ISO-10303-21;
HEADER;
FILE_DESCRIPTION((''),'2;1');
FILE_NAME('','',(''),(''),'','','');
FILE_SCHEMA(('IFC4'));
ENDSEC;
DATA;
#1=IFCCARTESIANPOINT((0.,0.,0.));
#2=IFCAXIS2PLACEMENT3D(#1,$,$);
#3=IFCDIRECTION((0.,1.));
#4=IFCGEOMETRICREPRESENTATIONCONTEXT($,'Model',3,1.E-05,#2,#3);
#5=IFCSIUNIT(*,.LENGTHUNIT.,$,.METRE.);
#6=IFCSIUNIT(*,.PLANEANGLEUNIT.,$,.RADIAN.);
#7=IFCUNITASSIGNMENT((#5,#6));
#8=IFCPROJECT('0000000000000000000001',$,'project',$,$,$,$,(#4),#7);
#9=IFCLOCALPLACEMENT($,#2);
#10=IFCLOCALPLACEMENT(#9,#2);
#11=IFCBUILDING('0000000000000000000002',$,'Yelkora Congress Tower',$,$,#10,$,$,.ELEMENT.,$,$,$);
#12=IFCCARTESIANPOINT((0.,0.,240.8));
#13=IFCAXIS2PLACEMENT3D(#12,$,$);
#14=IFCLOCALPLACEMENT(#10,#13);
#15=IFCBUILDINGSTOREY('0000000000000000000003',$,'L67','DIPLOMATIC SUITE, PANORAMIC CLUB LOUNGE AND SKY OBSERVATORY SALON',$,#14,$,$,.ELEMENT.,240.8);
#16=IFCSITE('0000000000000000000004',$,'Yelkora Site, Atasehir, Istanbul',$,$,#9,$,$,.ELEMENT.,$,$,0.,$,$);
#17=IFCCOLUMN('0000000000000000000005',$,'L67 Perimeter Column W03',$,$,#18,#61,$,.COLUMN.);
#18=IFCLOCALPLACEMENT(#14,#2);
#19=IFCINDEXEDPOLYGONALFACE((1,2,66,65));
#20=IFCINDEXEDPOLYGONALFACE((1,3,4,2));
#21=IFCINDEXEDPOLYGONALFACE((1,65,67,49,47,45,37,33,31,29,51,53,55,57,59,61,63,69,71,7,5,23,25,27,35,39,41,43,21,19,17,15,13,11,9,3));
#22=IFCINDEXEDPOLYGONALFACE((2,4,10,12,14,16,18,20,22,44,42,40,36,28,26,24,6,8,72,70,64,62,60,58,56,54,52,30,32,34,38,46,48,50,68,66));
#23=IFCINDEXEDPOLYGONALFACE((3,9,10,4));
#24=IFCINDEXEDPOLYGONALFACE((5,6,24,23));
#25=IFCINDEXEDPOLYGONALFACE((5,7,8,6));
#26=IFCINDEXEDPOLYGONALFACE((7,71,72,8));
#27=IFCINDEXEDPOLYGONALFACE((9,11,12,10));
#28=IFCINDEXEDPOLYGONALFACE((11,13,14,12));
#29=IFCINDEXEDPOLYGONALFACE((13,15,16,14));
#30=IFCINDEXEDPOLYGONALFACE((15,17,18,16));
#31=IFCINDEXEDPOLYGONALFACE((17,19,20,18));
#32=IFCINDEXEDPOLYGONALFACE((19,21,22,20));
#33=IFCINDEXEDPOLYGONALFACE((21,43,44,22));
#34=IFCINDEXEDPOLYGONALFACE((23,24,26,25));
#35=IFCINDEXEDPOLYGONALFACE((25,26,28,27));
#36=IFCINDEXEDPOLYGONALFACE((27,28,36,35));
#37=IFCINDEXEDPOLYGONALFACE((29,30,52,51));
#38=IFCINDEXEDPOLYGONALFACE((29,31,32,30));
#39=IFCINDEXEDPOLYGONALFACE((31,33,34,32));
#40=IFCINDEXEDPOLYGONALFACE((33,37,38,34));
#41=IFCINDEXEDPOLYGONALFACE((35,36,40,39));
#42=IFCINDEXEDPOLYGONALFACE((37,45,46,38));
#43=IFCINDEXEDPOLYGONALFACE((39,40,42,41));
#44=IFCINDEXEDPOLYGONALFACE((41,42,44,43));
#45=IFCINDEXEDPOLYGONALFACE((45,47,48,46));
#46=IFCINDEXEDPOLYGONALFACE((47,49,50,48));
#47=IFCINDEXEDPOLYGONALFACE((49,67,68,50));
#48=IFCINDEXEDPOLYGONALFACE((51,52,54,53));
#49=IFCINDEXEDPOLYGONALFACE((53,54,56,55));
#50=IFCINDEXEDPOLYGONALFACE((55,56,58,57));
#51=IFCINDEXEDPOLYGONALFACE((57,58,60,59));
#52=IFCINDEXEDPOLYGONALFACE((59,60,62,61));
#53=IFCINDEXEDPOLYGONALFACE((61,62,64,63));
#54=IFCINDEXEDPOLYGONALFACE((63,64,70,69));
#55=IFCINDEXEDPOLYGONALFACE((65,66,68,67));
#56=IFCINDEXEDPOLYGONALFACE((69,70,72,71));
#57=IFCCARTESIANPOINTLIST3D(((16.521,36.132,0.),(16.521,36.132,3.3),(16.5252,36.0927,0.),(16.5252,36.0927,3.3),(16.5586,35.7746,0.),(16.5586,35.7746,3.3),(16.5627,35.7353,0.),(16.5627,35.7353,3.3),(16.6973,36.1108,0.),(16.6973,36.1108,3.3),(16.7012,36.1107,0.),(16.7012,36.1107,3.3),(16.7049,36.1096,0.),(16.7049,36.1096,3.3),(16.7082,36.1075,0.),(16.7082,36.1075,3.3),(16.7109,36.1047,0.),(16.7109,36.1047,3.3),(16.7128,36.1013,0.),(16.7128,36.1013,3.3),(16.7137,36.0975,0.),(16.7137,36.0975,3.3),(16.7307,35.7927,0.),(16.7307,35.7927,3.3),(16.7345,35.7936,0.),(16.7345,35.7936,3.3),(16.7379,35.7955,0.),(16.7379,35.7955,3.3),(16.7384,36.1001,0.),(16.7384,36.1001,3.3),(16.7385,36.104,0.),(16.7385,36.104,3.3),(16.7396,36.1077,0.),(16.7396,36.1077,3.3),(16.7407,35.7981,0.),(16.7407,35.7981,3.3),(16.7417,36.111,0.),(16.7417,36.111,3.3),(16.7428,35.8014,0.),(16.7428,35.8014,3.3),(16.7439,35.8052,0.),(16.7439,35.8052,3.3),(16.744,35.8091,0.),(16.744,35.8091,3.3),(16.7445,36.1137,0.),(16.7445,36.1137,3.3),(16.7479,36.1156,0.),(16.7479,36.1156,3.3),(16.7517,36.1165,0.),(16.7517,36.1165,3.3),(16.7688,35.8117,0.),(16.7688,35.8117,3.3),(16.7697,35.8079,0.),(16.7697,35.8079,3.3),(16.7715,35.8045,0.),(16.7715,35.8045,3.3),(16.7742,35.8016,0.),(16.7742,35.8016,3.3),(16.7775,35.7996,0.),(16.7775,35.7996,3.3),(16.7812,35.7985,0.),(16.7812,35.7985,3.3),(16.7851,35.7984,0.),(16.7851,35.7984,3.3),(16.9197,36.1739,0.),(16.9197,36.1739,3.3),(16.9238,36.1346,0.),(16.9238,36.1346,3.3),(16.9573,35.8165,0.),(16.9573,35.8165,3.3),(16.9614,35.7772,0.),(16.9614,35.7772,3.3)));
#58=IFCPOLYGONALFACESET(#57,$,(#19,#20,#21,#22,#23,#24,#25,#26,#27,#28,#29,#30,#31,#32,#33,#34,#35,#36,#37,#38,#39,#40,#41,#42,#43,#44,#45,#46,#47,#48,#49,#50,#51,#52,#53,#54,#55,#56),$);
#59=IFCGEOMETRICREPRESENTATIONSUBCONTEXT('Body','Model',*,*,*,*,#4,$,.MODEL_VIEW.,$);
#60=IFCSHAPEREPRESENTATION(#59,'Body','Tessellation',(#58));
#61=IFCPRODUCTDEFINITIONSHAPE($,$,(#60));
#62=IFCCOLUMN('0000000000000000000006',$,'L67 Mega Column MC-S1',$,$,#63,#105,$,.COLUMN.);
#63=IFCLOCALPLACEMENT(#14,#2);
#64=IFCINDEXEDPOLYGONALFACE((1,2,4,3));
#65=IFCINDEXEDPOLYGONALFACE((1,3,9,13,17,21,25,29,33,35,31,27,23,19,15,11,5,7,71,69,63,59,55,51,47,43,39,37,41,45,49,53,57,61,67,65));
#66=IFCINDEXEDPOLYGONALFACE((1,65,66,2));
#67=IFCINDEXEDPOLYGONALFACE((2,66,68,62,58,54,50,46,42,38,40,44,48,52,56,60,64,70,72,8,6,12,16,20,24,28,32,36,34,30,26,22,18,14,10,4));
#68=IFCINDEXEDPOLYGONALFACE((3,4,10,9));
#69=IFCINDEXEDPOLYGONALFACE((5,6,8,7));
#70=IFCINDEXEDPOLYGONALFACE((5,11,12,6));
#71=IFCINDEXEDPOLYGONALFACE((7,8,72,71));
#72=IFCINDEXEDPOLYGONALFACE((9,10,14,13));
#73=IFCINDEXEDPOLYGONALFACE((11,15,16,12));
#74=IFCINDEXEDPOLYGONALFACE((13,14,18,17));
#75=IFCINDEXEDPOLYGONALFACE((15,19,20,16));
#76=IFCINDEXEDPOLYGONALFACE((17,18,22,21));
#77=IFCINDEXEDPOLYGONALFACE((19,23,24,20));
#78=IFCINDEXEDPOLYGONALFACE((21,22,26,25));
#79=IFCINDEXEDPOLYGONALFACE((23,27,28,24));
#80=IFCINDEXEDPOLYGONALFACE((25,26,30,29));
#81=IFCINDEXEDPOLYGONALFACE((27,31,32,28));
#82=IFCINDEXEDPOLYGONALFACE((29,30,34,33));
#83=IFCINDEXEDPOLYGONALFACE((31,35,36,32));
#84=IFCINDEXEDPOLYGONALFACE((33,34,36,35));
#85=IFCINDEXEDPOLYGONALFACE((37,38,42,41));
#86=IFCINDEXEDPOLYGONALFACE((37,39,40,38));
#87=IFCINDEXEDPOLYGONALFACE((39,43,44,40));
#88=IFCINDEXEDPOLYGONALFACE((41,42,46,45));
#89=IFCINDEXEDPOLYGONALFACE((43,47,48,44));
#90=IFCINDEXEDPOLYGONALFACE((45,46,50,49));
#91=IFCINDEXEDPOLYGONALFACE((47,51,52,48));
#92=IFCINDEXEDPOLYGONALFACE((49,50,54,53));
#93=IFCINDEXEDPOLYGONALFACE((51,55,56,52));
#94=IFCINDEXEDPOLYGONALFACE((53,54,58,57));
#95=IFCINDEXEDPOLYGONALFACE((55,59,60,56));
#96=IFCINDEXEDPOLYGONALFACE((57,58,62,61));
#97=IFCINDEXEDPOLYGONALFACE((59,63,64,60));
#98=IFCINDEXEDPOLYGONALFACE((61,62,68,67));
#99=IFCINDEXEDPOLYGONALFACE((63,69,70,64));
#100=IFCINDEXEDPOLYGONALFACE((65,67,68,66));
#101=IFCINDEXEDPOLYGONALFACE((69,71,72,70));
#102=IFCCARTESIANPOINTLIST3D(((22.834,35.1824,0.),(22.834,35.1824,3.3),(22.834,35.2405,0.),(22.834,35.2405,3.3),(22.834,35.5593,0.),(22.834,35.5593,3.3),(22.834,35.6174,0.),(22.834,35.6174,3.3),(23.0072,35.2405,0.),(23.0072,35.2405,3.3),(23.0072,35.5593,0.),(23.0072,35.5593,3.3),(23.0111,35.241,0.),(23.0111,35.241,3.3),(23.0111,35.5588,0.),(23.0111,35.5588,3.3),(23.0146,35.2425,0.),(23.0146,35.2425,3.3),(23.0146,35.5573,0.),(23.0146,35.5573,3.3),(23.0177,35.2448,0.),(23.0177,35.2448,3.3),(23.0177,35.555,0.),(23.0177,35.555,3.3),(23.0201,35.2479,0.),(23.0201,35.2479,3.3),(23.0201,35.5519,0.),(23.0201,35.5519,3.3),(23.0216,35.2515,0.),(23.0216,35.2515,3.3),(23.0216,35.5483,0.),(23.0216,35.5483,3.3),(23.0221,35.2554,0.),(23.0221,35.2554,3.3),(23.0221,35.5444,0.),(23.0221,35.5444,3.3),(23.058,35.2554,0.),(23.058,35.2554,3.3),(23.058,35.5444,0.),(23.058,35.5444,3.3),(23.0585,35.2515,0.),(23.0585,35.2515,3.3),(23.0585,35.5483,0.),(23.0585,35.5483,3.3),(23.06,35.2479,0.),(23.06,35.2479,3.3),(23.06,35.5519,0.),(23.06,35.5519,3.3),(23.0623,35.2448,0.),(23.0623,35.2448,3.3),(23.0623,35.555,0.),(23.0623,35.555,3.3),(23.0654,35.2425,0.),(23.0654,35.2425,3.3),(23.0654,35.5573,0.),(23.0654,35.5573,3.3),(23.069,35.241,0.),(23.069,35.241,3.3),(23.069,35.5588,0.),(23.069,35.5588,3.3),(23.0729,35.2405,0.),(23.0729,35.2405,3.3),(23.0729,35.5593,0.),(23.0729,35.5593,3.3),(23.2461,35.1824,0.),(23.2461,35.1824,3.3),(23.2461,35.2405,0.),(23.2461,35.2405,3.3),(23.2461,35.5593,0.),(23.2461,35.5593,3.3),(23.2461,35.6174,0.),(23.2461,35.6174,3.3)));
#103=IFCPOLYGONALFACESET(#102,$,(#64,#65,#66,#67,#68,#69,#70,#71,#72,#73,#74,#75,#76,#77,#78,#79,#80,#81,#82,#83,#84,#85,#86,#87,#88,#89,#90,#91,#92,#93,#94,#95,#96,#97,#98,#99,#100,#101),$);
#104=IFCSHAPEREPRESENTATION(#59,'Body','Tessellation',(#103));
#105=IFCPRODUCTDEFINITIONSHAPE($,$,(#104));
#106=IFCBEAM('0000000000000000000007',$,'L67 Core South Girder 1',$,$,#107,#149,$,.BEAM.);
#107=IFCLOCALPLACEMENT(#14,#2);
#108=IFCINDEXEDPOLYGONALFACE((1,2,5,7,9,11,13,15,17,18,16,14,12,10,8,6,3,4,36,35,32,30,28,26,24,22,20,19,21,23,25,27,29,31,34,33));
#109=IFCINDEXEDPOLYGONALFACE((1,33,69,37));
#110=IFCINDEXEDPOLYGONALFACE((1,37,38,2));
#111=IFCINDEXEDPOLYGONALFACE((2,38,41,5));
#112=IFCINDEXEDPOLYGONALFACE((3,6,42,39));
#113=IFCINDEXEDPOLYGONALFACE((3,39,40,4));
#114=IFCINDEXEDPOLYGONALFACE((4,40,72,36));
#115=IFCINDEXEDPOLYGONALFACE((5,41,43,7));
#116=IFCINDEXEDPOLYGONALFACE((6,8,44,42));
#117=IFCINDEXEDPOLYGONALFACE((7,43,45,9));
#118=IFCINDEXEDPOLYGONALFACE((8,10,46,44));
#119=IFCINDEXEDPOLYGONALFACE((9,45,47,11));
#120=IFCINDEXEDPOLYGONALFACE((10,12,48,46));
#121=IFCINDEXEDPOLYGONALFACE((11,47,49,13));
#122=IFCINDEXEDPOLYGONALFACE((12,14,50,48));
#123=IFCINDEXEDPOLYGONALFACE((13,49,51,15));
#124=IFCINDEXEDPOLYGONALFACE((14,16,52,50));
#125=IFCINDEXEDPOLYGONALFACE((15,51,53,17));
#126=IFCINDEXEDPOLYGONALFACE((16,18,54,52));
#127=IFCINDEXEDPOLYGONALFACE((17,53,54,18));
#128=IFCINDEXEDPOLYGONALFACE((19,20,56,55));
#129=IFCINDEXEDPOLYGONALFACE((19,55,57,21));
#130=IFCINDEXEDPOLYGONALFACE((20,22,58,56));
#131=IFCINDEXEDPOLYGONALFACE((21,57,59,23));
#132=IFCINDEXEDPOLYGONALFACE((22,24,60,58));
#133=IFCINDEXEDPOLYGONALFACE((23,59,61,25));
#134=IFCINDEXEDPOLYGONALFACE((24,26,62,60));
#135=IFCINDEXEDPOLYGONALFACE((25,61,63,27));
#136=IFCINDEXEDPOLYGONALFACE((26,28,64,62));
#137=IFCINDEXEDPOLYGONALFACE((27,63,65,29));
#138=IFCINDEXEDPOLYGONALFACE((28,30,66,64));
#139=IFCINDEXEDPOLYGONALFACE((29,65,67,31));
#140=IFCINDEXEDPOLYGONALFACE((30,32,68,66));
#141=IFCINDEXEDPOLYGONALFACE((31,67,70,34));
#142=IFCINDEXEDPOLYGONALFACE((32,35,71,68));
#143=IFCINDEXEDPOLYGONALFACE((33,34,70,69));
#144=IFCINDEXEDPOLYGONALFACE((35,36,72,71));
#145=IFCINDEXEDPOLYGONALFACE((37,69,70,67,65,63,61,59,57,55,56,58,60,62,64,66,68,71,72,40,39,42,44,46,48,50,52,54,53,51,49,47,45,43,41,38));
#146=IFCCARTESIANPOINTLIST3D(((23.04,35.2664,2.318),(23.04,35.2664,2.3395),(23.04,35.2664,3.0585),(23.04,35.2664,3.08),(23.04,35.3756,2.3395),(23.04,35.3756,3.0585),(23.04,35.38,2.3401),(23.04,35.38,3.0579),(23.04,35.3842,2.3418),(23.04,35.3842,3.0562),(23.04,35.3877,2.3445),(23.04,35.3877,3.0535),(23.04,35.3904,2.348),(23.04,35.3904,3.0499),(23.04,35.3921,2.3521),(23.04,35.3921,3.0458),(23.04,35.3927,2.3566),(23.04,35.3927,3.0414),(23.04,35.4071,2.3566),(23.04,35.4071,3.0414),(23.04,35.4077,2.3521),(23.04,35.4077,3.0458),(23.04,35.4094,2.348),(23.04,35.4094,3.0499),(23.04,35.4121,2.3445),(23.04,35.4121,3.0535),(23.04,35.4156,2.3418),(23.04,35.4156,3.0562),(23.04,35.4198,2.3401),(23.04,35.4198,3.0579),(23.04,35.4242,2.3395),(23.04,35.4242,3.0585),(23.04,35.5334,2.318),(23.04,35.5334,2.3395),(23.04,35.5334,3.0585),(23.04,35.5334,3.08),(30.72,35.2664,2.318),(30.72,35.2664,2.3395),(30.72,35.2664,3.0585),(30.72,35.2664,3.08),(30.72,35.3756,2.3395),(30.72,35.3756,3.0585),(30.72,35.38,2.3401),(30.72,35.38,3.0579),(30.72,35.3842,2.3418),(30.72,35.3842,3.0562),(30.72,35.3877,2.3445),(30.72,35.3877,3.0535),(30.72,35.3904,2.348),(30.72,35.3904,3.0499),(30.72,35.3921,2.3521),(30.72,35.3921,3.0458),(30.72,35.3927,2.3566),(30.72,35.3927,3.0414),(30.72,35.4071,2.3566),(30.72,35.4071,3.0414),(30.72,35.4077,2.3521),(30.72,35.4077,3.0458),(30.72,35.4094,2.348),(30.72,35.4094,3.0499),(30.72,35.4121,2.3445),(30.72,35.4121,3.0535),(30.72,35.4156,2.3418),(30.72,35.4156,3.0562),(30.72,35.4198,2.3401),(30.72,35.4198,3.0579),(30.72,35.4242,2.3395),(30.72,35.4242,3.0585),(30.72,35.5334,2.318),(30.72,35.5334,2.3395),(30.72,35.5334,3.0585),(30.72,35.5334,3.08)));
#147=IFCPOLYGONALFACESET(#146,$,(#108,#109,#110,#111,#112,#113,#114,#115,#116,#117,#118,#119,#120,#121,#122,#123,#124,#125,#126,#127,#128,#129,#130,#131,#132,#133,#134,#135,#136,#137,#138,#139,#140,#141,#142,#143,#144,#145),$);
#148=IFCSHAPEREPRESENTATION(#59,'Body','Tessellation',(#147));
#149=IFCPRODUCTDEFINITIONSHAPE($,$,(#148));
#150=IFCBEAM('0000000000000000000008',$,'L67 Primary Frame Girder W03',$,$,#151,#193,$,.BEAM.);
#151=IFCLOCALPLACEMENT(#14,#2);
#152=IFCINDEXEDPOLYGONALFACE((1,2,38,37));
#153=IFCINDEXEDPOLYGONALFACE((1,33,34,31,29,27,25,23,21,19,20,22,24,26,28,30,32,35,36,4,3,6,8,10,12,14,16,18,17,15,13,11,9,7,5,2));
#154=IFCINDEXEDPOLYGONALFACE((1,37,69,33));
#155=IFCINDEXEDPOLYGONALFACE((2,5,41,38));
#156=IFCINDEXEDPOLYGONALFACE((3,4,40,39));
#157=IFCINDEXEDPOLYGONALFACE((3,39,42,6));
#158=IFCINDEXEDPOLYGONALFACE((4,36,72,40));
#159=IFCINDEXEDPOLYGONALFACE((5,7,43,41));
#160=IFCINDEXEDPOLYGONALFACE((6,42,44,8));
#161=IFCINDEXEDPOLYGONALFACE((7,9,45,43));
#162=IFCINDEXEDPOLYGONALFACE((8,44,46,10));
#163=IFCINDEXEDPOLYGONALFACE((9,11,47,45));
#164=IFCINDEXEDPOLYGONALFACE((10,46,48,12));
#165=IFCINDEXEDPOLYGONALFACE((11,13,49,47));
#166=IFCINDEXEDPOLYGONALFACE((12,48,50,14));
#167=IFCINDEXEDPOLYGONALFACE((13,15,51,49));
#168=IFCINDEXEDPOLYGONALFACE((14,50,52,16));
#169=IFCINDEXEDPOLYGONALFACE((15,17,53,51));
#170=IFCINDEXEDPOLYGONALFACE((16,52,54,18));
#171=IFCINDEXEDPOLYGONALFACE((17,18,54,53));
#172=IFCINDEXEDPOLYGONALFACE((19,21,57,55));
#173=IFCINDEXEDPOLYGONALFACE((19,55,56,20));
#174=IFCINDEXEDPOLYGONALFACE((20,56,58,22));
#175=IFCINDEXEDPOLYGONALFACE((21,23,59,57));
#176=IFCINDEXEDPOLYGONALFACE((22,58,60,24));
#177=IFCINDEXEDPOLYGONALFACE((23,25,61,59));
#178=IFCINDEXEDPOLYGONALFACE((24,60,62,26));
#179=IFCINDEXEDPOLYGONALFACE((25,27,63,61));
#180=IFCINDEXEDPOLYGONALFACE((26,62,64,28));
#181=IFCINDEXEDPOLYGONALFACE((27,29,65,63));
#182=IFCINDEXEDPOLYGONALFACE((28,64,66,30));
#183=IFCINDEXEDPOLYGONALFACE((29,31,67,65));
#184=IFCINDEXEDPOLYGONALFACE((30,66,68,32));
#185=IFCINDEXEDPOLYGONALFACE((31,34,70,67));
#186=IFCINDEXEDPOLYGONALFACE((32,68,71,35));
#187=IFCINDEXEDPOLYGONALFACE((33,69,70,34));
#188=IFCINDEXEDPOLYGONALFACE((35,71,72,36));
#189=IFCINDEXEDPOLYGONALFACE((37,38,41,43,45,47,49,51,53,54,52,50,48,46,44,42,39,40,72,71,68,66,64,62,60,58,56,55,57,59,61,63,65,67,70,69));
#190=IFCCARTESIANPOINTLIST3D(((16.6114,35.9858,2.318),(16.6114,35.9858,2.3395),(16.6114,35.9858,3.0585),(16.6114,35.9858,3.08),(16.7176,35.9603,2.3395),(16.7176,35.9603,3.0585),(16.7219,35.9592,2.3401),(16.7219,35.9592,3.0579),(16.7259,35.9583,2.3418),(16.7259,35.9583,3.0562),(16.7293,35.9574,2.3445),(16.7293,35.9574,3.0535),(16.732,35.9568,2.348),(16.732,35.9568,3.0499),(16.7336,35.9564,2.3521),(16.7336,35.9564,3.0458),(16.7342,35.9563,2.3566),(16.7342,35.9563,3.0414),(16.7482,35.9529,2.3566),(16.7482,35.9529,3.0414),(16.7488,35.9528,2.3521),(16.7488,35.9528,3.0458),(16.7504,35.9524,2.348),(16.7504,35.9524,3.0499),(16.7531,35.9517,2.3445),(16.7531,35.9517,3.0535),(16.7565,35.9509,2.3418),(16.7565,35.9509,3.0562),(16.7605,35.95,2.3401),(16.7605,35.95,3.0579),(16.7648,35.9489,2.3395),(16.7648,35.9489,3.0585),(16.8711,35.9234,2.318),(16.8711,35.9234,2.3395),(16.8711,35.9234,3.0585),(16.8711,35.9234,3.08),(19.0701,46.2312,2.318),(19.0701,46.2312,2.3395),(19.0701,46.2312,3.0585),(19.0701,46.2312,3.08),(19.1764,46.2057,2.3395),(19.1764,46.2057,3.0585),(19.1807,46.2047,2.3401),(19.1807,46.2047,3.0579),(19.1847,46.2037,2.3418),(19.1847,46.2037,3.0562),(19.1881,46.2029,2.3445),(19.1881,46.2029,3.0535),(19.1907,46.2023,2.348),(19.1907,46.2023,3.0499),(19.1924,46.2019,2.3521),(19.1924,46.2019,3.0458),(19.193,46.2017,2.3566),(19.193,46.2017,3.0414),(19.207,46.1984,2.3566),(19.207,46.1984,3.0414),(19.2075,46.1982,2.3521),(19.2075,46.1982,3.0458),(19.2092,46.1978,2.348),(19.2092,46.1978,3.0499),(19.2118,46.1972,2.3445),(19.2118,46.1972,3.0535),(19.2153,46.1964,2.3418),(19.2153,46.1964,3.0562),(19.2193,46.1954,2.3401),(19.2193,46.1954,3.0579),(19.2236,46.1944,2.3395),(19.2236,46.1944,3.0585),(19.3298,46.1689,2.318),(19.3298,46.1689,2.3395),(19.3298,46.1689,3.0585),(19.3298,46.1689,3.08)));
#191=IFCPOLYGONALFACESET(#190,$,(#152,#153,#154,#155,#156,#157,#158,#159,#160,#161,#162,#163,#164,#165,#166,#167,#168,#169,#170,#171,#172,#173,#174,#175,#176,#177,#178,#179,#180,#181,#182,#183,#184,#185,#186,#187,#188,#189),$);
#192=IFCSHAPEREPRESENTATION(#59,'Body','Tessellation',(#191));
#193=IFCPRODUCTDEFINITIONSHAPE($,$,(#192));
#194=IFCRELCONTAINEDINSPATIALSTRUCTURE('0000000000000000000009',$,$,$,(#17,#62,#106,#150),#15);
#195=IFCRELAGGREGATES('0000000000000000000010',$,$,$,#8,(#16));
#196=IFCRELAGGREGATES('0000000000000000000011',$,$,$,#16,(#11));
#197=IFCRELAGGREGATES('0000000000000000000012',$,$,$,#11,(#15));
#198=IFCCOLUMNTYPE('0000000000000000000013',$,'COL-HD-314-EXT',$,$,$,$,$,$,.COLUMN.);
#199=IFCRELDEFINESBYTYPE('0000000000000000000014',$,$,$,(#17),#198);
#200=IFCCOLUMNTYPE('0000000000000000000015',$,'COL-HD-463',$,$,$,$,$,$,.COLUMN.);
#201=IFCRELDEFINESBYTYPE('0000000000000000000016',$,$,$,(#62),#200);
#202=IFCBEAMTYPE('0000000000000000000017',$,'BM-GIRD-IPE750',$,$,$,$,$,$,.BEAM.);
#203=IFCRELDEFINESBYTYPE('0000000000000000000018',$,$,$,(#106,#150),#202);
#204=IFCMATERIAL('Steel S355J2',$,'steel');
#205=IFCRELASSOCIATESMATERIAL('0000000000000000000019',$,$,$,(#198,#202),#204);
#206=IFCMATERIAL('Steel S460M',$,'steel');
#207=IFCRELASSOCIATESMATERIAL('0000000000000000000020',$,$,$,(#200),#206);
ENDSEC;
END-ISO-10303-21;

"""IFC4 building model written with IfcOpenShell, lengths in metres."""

from ifc_helpers import new_model, si_unit, direction, frame, origin, origin_2d, place, context, subcontext, project, spatial, i_section, extrude, material, material_profile, profile_set, type_object, element, save


model = new_model("IFC4")

# Units and contexts
model_context = context("Model", 3, precision=1e-05, world=origin(), true_north=direction((0.0, 1.0)))
body_context = subcontext(model_context, "Body", "Model", "MODEL_VIEW")
ifc_project = project(units=[si_unit("LENGTHUNIT", "METRE"), si_unit("PLANEANGLEUNIT", "RADIAN")], contexts=[model_context])

# Site, building, storey
site_placement = place(None, origin())
site = spatial("IfcSite", under=ifc_project, at=site_placement, Name="Yelkora Site, Atasehir, Istanbul", CompositionType="ELEMENT", RefElevation=0.0)
building_placement = place(site_placement, origin())
building = spatial("IfcBuilding", under=site, at=building_placement, Name="Yelkora Congress Tower", CompositionType="ELEMENT")
storey_placement = place(building_placement, frame((0.0, 0.0, 240.8)))
storey = spatial("IfcBuildingStorey", under=building, at=storey_placement, Name="L67", Description="DIPLOMATIC SUITE, PANORAMIC CLUB LOUNGE AND SKY OBSERVATORY SALON", CompositionType="ELEMENT", Elevation=240.8)

# Columns
ifc_material_1 = material(Name="Steel S355J2", Category="steel")
ifc_material_profile_1 = material_profile(ifc_material_1, i_section(OverallWidth=0.4009, OverallDepth=0.3989, WebThickness=0.0249, FlangeThickness=0.0396, FilletRadius=0.0149, at=origin_2d()), Name="HD 400x314")
ifc_profile_set_1 = profile_set([ifc_material_profile_1], Name="Steel S355J2")
column_type_1 = type_object("IfcColumnType", Name="COL-HD-314-EXT", PredefinedType="COLUMN", material=ifc_profile_set_1)
column_1_placement = place(storey_placement, frame((16.7412, 35.9546, 0.0), z_axis=(0.0, 0.0, 1.0), x_axis=(0.994522, 0.104528, 0.0)))
element("IfcColumn", 1, at=column_1_placement, inside=storey, type_object=column_type_1, Name="L67 Perimeter Column W03", PredefinedType="COLUMN", context=body_context, shape_type="SweptSolid", body=[
    extrude(i_section(OverallWidth=0.4009, OverallDepth=0.3989, WebThickness=0.0249, FlangeThickness=0.0396, FilletRadius=0.0149, at=origin_2d()), origin(), (0.0, 0.0, 1.0), 3.3),
])
ifc_material_2 = material(Name="Steel S460M", Category="steel")
ifc_material_profile_2 = material_profile(ifc_material_2, i_section(OverallWidth=0.4121, OverallDepth=0.4351, WebThickness=0.0359, FlangeThickness=0.0581, FilletRadius=0.0149, at=origin_2d()), Name="HD 400x463")
ifc_profile_set_2 = profile_set([ifc_material_profile_2], Name="Steel S460M")
column_type_2 = type_object("IfcColumnType", Name="COL-HD-463", PredefinedType="COLUMN", material=ifc_profile_set_2)
column_2_placement = place(storey_placement, frame((23.04, 35.3999, 0.0), z_axis=(0.0, 0.0, 1.0), x_axis=(1.0, 0.0, 0.0)))
element("IfcColumn", 2, at=column_2_placement, inside=storey, type_object=column_type_2, Name="L67 Mega Column MC-S1", PredefinedType="COLUMN", context=body_context, shape_type="SweptSolid", body=[
    extrude(i_section(OverallWidth=0.4121, OverallDepth=0.4351, WebThickness=0.0359, FlangeThickness=0.0581, FilletRadius=0.0149, at=origin_2d()), origin(), (0.0, 0.0, 1.0), 3.3),
])

# Beams
ifc_material_profile_3 = material_profile(ifc_material_1, i_section(OverallWidth=0.2671, OverallDepth=0.762, WebThickness=0.0144, FlangeThickness=0.0215, FilletRadius=0.0171, at=origin_2d()), Name="IPE 750x173")
ifc_profile_set_3 = profile_set([ifc_material_profile_3], Name="Steel S355J2")
beam_type_1 = type_object("IfcBeamType", Name="BM-GIRD-IPE750", PredefinedType="BEAM", material=ifc_profile_set_3)
beam_1_placement = place(storey_placement, frame((23.04, 35.3999, 2.699), z_axis=(1.0, 0.0, 0.0), x_axis=(0.0, 1.0, 0.0)))
element("IfcBeam", 3, at=beam_1_placement, inside=storey, type_object=beam_type_1, Name="L67 Core South Girder 1", PredefinedType="BEAM", context=body_context, shape_type="SweptSolid", body=[
    extrude(i_section(OverallWidth=0.2671, OverallDepth=0.762, WebThickness=0.0144, FlangeThickness=0.0215, FilletRadius=0.0171, at=origin_2d()), origin(), (0.0, 0.0, 1.0), 7.6799),
])
beam_2_placement = place(storey_placement, frame((16.7412, 35.9546, 2.699), z_axis=(0.23336, 0.97239, 0.0), x_axis=(-0.97239, 0.23336, 0.0)))
element("IfcBeam", 4, at=beam_2_placement, inside=storey, type_object=beam_type_1, Name="L67 Primary Frame Girder W03", PredefinedType="BEAM", context=body_context, shape_type="SweptSolid", body=[
    extrude(i_section(OverallWidth=0.2671, OverallDepth=0.762, WebThickness=0.0144, FlangeThickness=0.0215, FilletRadius=0.0171, at=origin_2d()), origin(), (0.0, 0.0, 1.0), 10.5364),
])

save(model, "model.ifc")
